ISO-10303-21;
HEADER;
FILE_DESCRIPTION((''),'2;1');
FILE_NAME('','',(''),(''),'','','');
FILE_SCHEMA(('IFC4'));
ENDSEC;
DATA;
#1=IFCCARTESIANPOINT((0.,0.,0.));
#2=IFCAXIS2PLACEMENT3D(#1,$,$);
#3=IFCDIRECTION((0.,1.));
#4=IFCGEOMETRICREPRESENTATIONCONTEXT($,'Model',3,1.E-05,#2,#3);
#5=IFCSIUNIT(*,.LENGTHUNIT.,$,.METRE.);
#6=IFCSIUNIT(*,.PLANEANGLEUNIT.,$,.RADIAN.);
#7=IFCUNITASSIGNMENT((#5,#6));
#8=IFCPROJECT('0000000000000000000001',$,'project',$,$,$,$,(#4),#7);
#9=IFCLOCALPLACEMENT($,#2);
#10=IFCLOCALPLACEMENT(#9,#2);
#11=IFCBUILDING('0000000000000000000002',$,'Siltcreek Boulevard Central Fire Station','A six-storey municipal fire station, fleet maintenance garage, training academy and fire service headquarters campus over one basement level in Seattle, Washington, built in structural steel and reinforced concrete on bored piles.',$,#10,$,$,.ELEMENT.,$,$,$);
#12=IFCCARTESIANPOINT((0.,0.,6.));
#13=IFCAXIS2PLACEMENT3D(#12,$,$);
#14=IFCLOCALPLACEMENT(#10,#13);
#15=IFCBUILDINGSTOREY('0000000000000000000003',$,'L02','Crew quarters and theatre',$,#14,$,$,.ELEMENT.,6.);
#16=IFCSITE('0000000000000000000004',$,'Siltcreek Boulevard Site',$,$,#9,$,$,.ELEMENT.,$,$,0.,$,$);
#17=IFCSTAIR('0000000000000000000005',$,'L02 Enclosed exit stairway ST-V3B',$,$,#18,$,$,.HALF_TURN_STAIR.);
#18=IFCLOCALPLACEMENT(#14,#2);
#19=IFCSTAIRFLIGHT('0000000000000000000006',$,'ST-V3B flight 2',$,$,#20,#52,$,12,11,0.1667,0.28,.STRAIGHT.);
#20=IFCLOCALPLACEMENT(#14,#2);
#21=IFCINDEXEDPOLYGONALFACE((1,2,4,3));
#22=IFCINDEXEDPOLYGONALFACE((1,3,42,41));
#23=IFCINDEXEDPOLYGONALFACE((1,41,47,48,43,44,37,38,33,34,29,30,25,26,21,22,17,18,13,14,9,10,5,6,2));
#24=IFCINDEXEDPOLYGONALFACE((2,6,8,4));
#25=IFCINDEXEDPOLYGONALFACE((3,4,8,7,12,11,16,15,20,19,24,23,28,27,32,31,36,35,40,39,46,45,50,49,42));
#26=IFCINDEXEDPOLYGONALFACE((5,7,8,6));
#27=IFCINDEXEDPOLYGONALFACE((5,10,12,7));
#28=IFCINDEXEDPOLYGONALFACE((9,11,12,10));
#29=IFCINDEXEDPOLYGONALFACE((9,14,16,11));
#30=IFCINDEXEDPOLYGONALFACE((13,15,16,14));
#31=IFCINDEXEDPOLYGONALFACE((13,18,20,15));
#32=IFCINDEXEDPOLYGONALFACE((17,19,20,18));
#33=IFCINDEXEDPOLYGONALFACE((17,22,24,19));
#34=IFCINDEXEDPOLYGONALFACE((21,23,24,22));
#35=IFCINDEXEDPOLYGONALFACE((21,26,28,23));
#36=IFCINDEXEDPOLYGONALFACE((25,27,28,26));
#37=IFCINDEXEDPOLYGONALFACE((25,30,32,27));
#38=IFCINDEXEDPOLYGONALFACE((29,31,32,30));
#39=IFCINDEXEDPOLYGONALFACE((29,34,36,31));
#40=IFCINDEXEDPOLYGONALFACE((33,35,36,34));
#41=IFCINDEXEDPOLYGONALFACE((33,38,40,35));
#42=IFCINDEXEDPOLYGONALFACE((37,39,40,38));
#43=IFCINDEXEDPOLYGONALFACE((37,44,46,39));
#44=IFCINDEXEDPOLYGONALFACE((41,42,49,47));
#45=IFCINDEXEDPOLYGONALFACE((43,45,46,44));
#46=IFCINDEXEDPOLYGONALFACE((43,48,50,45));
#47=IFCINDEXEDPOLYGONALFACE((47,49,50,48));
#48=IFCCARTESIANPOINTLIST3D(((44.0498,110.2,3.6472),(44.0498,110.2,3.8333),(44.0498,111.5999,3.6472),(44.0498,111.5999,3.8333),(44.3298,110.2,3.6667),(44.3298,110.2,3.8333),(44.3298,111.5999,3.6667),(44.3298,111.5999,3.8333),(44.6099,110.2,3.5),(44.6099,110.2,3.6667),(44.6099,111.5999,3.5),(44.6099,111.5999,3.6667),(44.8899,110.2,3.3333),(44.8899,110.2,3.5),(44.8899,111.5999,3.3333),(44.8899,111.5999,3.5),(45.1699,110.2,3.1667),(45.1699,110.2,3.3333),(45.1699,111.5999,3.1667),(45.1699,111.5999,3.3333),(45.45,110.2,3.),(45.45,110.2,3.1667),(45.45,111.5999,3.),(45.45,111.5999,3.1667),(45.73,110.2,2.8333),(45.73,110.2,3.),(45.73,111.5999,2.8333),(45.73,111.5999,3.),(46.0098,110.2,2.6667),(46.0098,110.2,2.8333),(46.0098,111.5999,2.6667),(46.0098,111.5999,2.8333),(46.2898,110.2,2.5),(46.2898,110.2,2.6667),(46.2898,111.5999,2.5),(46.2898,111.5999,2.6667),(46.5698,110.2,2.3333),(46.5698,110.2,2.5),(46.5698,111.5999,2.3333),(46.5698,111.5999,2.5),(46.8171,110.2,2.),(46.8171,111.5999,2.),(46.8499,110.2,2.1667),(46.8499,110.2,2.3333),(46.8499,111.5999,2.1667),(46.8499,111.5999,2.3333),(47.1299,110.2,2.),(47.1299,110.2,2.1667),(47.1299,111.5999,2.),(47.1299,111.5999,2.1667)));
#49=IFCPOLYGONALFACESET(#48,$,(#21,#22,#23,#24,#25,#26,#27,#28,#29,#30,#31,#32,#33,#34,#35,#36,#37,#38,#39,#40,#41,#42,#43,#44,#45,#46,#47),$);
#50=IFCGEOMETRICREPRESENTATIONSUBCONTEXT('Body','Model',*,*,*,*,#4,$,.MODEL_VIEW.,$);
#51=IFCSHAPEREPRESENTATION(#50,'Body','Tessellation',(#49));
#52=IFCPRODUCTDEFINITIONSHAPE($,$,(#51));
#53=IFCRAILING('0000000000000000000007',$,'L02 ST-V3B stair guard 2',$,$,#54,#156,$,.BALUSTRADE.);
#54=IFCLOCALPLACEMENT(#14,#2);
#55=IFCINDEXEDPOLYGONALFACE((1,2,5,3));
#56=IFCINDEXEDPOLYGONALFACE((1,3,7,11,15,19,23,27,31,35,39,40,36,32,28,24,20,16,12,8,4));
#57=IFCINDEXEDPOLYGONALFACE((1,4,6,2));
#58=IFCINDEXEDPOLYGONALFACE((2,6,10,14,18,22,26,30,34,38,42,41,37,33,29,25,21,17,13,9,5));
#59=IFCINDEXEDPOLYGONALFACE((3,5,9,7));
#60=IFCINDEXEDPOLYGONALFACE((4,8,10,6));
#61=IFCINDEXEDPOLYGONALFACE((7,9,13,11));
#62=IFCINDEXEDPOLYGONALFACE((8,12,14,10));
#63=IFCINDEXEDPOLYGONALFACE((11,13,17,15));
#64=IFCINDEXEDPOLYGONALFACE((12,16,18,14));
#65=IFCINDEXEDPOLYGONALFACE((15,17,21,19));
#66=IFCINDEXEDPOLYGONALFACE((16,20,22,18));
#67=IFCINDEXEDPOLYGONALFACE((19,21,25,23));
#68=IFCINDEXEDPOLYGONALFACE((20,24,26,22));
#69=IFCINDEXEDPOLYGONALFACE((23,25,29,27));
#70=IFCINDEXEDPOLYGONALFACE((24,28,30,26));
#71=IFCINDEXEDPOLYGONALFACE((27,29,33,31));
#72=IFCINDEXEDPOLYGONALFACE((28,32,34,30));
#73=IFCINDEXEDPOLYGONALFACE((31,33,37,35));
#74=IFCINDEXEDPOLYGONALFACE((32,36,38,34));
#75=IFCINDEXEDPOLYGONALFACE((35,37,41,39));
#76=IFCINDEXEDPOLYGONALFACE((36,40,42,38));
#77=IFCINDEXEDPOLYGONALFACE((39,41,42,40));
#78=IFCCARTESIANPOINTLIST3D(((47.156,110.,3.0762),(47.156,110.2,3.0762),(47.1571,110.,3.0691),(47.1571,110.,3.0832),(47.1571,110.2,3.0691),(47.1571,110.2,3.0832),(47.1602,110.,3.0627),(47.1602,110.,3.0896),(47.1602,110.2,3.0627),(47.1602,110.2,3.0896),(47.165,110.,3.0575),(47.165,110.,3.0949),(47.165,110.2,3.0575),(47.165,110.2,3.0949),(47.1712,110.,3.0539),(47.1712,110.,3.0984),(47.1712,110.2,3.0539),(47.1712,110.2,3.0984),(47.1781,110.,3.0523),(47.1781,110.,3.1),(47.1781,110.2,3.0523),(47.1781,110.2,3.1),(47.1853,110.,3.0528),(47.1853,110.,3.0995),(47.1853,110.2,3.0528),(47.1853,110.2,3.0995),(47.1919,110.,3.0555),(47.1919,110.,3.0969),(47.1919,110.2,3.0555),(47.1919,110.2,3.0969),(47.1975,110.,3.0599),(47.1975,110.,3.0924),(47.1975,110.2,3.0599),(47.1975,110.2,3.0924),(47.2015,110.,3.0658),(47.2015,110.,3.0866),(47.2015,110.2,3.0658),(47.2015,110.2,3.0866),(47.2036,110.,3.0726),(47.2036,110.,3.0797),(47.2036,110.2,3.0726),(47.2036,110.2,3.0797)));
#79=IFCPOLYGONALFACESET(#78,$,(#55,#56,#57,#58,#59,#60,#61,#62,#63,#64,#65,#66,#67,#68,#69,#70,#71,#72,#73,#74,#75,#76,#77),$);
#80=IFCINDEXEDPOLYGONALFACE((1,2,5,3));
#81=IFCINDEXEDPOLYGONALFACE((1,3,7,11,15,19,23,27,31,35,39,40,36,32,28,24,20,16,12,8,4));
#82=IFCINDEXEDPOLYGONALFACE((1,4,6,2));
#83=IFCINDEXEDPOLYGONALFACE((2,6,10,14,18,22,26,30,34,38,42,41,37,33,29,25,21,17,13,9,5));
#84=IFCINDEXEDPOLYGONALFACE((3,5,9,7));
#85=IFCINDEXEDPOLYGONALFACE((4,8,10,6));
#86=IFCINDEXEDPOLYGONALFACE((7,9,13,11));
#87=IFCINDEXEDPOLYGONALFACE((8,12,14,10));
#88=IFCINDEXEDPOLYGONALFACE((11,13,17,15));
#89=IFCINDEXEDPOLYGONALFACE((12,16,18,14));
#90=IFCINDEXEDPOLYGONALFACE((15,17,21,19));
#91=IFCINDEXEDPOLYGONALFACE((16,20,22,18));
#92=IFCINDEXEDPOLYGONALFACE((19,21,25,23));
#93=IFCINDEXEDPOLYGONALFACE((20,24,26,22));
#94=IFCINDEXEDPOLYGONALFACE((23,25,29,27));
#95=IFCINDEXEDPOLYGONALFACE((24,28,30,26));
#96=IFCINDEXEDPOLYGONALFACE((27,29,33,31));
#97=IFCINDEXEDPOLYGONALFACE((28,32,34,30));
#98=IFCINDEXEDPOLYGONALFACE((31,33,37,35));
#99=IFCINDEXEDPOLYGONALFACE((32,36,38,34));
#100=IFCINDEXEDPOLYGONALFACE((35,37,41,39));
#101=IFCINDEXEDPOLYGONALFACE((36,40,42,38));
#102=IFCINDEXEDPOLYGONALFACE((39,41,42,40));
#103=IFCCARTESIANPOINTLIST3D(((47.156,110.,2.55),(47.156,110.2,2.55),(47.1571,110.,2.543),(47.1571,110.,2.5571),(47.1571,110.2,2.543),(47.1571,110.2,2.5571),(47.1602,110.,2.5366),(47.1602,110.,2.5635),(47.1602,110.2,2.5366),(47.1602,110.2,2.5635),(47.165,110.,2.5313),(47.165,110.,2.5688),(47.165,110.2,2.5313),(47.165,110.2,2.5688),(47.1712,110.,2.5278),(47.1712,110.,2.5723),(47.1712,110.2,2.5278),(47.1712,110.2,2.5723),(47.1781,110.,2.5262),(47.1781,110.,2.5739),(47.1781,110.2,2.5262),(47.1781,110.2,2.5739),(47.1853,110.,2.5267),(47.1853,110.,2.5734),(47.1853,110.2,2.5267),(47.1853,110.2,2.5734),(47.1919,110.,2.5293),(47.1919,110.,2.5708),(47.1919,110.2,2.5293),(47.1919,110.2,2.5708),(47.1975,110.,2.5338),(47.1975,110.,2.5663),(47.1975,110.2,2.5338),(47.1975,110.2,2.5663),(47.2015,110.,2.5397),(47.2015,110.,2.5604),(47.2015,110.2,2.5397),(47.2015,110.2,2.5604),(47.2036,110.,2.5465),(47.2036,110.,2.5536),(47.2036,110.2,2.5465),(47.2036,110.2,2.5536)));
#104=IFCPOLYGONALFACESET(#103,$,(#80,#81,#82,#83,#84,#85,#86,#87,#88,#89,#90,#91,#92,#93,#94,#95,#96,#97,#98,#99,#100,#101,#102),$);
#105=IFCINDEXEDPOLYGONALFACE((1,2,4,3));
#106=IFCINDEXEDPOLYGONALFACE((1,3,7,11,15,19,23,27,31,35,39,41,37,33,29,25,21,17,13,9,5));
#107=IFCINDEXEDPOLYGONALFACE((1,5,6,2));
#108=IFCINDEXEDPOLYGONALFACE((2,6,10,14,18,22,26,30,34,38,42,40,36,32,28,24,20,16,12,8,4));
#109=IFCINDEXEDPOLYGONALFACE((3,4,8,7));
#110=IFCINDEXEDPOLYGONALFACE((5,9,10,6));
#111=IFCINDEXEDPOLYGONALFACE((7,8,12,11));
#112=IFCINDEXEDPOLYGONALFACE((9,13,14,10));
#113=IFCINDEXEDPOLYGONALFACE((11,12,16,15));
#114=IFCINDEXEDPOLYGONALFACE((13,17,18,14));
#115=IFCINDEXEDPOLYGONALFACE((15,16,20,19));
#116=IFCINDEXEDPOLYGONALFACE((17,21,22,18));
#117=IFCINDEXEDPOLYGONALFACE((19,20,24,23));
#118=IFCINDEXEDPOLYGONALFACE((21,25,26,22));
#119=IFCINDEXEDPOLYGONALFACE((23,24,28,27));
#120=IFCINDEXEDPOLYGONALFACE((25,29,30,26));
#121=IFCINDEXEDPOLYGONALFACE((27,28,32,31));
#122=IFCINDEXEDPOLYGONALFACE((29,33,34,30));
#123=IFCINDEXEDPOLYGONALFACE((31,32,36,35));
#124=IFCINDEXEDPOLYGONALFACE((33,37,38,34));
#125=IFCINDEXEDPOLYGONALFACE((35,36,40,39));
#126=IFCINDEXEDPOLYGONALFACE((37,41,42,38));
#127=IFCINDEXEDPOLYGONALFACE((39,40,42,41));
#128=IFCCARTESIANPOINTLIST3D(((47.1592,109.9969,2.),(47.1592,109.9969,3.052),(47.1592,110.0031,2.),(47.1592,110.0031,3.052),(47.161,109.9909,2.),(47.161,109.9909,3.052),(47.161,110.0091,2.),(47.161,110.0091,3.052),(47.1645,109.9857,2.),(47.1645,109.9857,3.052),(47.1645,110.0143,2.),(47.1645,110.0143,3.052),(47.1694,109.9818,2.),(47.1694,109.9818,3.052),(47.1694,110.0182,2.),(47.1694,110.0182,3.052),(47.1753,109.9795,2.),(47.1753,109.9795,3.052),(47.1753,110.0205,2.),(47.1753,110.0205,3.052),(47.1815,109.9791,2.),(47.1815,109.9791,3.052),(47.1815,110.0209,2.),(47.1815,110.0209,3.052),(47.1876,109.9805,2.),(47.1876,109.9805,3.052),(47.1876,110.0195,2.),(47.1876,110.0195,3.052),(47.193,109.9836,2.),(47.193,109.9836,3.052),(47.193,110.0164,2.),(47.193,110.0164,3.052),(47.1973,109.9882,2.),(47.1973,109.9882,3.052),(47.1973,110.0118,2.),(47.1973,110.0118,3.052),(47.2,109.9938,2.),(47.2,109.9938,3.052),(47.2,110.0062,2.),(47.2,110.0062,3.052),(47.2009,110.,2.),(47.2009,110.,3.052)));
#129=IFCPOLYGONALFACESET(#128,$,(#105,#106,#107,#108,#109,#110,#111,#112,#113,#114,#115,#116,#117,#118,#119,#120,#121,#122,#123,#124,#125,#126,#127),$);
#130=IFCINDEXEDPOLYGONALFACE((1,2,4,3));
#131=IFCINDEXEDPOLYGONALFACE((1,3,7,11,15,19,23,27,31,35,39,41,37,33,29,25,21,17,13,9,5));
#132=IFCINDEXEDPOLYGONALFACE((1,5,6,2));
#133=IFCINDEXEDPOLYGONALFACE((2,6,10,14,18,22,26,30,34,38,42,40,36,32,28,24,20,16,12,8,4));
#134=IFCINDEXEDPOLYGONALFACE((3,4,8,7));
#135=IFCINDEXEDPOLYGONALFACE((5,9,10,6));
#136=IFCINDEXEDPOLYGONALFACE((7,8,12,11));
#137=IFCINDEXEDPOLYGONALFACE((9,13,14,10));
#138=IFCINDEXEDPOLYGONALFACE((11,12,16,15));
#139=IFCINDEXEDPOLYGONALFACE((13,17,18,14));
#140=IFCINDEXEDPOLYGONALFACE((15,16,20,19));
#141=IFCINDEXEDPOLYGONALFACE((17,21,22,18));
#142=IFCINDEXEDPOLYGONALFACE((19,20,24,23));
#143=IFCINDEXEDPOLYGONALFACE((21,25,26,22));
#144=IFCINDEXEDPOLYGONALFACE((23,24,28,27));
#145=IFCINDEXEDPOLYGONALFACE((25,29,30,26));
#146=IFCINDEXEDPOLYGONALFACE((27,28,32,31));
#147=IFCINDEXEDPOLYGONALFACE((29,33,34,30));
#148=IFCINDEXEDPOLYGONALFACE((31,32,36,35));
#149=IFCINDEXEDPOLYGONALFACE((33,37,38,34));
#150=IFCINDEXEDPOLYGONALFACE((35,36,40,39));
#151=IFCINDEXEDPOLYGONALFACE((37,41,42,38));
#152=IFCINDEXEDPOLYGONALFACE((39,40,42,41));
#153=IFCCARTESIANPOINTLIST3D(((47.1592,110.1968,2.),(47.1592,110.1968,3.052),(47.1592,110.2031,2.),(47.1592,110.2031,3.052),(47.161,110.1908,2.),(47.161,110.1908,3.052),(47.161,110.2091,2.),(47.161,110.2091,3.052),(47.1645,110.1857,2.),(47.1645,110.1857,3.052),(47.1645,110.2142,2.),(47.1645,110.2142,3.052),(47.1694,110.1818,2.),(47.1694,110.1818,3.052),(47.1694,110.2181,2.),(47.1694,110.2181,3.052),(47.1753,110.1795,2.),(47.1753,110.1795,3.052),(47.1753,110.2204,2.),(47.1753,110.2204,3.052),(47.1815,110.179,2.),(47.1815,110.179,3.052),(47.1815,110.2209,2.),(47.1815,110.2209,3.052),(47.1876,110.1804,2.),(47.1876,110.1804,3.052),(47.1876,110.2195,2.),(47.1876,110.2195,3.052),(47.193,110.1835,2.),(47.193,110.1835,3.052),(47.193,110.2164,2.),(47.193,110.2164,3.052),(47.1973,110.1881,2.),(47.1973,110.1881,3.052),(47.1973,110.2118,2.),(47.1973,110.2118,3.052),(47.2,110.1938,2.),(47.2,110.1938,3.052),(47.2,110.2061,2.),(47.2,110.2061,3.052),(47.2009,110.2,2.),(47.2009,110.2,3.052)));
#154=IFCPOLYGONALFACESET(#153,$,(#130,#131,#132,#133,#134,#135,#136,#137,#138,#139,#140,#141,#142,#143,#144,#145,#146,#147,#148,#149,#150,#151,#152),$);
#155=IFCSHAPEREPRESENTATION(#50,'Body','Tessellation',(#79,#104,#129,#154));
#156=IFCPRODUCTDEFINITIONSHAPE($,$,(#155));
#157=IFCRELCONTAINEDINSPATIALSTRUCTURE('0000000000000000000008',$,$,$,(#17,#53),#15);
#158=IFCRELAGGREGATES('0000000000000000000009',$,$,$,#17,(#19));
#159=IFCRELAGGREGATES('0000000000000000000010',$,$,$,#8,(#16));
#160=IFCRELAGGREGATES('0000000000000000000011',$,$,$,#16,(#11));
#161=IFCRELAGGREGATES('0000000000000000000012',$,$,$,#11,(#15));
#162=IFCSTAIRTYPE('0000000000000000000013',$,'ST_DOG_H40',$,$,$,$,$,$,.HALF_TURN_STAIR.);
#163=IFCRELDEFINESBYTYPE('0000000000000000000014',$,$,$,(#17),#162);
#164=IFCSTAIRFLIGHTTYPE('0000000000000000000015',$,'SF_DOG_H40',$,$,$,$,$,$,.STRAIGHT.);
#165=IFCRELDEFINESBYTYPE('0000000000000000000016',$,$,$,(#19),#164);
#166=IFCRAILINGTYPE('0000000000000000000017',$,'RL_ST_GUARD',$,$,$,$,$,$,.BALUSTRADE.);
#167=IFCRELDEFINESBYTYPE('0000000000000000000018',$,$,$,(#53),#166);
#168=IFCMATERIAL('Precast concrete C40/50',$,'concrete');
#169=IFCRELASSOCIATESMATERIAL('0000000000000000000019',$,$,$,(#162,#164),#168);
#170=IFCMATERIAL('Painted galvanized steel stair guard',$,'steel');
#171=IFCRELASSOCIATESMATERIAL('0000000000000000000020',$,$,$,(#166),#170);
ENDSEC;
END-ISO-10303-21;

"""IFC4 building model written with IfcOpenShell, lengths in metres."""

from ifc_helpers import new_model, si_unit, direction, frame, origin, origin_2d, place, context, subcontext, project, spatial, polyline, circle, outline, extrude, material, type_object, element, aggregate, save


model = new_model("IFC4")

# Units and contexts
model_context = context("Model", 3, precision=1e-05, world=origin(), true_north=direction((0.0, 1.0)))
body_context = subcontext(model_context, "Body", "Model", "MODEL_VIEW")
ifc_project = project(units=[si_unit("LENGTHUNIT", "METRE"), si_unit("PLANEANGLEUNIT", "RADIAN")], contexts=[model_context])

# Site, building, storey
site_placement = place(None, origin())
site = spatial("IfcSite", under=ifc_project, at=site_placement, Name="Siltcreek Boulevard Site", CompositionType="ELEMENT", RefElevation=0.0)
building_placement = place(site_placement, origin())
building = spatial("IfcBuilding", under=site, at=building_placement, Name="Siltcreek Boulevard Central Fire Station", Description="A six-storey municipal fire station, fleet maintenance garage, training academy and fire service headquarters campus over one basement level in Seattle, Washington, built in structural steel and reinforced concrete on bored piles.", CompositionType="ELEMENT")
storey_placement = place(building_placement, frame((0.0, 0.0, 6.0)))
storey = spatial("IfcBuildingStorey", under=building, at=storey_placement, Name="L02", Description="Crew quarters and theatre", CompositionType="ELEMENT", Elevation=6.0)

# Stair, stair flight
ifc_material_1 = material(Name="Precast concrete C40/50", Category="concrete")
stair_type = type_object("IfcStairType", Name="ST_DOG_H40", PredefinedType="HALF_TURN_STAIR", material=ifc_material_1)
stair_placement = place(storey_placement, origin())
stair = element("IfcStair", 1, at=stair_placement, inside=storey, type_object=stair_type, Name="L02 Enclosed exit stairway ST-V3B", PredefinedType="HALF_TURN_STAIR")
stair_flight_type = type_object("IfcStairFlightType", Name="SF_DOG_H40", PredefinedType="STRAIGHT", material=ifc_material_1)
stair_flight_placement = place(storey_placement, frame((47.1299, 110.8999, 2.0), z_axis=(0.0, 0.0, 1.0), x_axis=(-1.0, 0.0, 0.0)))
stair_flight = element("IfcStairFlight", 2, at=stair_flight_placement, type_object=stair_flight_type, Name="ST-V3B flight 2", NumberOfRisers=12, NumberOfTreads=11, PredefinedType="STRAIGHT", RiserHeight=0.1667, TreadLength=0.28, context=body_context, shape_type="SweptSolid", body=[
    extrude(outline(polyline([(0.0, 0.0), (0.0, 0.1667), (0.28, 0.1667), (0.28, 0.3333), (0.5601, 0.3333), (0.5601, 0.5), (0.8401, 0.5), (0.8401, 0.6667), (1.1201, 0.6667), (1.1201, 0.8333), (1.3999, 0.8333), (1.3999, 1.0), (1.6799, 1.0), (1.6799, 1.1667), (1.96, 1.1667), (1.96, 1.3333), (2.24, 1.3333), (2.24, 1.5), (2.52, 1.5), (2.52, 1.6667), (2.8, 1.6667), (2.8, 1.8333), (3.0801, 1.8333), (3.0801, 2.0), (3.0801, 1.6472), (0.3127, 0.0), (0.0, 0.0)])), frame((0.0, 0.7, 0.0), z_axis=(0.0, -1.0, 0.0), x_axis=(1.0, 0.0, 0.0)), (0.0, 0.0, 1.0), 1.3999),
])
aggregate(stair, [stair_flight])

# Railing
ifc_material_2 = material(Name="Painted galvanized steel stair guard", Category="steel")
railing_type_1 = type_object("IfcRailingType", Name="RL_ST_GUARD", PredefinedType="BALUSTRADE", material=ifc_material_2)
railing_1_placement = place(storey_placement, frame((47.1799, 110.0, 2.0)))
element("IfcRailing", 3, at=railing_1_placement, inside=storey, type_object=railing_type_1, Name="L02 ST-V3B stair guard 2", PredefinedType="BALUSTRADE", context=body_context, shape_type="SweptSolid", body=[
    extrude(circle(Radius=0.0239, at=origin_2d()), frame((0.0, 0.0, 1.0762), z_axis=(0.0, 1.0, 0.0), x_axis=(-1.0, 0.0, 0.0)), (0.0, 0.0, 1.0), 0.2),
    extrude(circle(Radius=0.0239, at=origin_2d()), frame((0.0, 0.0, 0.55), z_axis=(0.0, 1.0, 0.0), x_axis=(-1.0, 0.0, 0.0)), (0.0, 0.0, 1.0), 0.2),
    extrude(circle(Radius=0.021, at=origin_2d()), origin(), (0.0, 0.0, 1.0), 1.052),
    extrude(circle(Radius=0.021, at=origin_2d()), frame((0.0, 0.2, 0.0)), (0.0, 0.0, 1.0), 1.052),
])

save(model, "model.ifc")
